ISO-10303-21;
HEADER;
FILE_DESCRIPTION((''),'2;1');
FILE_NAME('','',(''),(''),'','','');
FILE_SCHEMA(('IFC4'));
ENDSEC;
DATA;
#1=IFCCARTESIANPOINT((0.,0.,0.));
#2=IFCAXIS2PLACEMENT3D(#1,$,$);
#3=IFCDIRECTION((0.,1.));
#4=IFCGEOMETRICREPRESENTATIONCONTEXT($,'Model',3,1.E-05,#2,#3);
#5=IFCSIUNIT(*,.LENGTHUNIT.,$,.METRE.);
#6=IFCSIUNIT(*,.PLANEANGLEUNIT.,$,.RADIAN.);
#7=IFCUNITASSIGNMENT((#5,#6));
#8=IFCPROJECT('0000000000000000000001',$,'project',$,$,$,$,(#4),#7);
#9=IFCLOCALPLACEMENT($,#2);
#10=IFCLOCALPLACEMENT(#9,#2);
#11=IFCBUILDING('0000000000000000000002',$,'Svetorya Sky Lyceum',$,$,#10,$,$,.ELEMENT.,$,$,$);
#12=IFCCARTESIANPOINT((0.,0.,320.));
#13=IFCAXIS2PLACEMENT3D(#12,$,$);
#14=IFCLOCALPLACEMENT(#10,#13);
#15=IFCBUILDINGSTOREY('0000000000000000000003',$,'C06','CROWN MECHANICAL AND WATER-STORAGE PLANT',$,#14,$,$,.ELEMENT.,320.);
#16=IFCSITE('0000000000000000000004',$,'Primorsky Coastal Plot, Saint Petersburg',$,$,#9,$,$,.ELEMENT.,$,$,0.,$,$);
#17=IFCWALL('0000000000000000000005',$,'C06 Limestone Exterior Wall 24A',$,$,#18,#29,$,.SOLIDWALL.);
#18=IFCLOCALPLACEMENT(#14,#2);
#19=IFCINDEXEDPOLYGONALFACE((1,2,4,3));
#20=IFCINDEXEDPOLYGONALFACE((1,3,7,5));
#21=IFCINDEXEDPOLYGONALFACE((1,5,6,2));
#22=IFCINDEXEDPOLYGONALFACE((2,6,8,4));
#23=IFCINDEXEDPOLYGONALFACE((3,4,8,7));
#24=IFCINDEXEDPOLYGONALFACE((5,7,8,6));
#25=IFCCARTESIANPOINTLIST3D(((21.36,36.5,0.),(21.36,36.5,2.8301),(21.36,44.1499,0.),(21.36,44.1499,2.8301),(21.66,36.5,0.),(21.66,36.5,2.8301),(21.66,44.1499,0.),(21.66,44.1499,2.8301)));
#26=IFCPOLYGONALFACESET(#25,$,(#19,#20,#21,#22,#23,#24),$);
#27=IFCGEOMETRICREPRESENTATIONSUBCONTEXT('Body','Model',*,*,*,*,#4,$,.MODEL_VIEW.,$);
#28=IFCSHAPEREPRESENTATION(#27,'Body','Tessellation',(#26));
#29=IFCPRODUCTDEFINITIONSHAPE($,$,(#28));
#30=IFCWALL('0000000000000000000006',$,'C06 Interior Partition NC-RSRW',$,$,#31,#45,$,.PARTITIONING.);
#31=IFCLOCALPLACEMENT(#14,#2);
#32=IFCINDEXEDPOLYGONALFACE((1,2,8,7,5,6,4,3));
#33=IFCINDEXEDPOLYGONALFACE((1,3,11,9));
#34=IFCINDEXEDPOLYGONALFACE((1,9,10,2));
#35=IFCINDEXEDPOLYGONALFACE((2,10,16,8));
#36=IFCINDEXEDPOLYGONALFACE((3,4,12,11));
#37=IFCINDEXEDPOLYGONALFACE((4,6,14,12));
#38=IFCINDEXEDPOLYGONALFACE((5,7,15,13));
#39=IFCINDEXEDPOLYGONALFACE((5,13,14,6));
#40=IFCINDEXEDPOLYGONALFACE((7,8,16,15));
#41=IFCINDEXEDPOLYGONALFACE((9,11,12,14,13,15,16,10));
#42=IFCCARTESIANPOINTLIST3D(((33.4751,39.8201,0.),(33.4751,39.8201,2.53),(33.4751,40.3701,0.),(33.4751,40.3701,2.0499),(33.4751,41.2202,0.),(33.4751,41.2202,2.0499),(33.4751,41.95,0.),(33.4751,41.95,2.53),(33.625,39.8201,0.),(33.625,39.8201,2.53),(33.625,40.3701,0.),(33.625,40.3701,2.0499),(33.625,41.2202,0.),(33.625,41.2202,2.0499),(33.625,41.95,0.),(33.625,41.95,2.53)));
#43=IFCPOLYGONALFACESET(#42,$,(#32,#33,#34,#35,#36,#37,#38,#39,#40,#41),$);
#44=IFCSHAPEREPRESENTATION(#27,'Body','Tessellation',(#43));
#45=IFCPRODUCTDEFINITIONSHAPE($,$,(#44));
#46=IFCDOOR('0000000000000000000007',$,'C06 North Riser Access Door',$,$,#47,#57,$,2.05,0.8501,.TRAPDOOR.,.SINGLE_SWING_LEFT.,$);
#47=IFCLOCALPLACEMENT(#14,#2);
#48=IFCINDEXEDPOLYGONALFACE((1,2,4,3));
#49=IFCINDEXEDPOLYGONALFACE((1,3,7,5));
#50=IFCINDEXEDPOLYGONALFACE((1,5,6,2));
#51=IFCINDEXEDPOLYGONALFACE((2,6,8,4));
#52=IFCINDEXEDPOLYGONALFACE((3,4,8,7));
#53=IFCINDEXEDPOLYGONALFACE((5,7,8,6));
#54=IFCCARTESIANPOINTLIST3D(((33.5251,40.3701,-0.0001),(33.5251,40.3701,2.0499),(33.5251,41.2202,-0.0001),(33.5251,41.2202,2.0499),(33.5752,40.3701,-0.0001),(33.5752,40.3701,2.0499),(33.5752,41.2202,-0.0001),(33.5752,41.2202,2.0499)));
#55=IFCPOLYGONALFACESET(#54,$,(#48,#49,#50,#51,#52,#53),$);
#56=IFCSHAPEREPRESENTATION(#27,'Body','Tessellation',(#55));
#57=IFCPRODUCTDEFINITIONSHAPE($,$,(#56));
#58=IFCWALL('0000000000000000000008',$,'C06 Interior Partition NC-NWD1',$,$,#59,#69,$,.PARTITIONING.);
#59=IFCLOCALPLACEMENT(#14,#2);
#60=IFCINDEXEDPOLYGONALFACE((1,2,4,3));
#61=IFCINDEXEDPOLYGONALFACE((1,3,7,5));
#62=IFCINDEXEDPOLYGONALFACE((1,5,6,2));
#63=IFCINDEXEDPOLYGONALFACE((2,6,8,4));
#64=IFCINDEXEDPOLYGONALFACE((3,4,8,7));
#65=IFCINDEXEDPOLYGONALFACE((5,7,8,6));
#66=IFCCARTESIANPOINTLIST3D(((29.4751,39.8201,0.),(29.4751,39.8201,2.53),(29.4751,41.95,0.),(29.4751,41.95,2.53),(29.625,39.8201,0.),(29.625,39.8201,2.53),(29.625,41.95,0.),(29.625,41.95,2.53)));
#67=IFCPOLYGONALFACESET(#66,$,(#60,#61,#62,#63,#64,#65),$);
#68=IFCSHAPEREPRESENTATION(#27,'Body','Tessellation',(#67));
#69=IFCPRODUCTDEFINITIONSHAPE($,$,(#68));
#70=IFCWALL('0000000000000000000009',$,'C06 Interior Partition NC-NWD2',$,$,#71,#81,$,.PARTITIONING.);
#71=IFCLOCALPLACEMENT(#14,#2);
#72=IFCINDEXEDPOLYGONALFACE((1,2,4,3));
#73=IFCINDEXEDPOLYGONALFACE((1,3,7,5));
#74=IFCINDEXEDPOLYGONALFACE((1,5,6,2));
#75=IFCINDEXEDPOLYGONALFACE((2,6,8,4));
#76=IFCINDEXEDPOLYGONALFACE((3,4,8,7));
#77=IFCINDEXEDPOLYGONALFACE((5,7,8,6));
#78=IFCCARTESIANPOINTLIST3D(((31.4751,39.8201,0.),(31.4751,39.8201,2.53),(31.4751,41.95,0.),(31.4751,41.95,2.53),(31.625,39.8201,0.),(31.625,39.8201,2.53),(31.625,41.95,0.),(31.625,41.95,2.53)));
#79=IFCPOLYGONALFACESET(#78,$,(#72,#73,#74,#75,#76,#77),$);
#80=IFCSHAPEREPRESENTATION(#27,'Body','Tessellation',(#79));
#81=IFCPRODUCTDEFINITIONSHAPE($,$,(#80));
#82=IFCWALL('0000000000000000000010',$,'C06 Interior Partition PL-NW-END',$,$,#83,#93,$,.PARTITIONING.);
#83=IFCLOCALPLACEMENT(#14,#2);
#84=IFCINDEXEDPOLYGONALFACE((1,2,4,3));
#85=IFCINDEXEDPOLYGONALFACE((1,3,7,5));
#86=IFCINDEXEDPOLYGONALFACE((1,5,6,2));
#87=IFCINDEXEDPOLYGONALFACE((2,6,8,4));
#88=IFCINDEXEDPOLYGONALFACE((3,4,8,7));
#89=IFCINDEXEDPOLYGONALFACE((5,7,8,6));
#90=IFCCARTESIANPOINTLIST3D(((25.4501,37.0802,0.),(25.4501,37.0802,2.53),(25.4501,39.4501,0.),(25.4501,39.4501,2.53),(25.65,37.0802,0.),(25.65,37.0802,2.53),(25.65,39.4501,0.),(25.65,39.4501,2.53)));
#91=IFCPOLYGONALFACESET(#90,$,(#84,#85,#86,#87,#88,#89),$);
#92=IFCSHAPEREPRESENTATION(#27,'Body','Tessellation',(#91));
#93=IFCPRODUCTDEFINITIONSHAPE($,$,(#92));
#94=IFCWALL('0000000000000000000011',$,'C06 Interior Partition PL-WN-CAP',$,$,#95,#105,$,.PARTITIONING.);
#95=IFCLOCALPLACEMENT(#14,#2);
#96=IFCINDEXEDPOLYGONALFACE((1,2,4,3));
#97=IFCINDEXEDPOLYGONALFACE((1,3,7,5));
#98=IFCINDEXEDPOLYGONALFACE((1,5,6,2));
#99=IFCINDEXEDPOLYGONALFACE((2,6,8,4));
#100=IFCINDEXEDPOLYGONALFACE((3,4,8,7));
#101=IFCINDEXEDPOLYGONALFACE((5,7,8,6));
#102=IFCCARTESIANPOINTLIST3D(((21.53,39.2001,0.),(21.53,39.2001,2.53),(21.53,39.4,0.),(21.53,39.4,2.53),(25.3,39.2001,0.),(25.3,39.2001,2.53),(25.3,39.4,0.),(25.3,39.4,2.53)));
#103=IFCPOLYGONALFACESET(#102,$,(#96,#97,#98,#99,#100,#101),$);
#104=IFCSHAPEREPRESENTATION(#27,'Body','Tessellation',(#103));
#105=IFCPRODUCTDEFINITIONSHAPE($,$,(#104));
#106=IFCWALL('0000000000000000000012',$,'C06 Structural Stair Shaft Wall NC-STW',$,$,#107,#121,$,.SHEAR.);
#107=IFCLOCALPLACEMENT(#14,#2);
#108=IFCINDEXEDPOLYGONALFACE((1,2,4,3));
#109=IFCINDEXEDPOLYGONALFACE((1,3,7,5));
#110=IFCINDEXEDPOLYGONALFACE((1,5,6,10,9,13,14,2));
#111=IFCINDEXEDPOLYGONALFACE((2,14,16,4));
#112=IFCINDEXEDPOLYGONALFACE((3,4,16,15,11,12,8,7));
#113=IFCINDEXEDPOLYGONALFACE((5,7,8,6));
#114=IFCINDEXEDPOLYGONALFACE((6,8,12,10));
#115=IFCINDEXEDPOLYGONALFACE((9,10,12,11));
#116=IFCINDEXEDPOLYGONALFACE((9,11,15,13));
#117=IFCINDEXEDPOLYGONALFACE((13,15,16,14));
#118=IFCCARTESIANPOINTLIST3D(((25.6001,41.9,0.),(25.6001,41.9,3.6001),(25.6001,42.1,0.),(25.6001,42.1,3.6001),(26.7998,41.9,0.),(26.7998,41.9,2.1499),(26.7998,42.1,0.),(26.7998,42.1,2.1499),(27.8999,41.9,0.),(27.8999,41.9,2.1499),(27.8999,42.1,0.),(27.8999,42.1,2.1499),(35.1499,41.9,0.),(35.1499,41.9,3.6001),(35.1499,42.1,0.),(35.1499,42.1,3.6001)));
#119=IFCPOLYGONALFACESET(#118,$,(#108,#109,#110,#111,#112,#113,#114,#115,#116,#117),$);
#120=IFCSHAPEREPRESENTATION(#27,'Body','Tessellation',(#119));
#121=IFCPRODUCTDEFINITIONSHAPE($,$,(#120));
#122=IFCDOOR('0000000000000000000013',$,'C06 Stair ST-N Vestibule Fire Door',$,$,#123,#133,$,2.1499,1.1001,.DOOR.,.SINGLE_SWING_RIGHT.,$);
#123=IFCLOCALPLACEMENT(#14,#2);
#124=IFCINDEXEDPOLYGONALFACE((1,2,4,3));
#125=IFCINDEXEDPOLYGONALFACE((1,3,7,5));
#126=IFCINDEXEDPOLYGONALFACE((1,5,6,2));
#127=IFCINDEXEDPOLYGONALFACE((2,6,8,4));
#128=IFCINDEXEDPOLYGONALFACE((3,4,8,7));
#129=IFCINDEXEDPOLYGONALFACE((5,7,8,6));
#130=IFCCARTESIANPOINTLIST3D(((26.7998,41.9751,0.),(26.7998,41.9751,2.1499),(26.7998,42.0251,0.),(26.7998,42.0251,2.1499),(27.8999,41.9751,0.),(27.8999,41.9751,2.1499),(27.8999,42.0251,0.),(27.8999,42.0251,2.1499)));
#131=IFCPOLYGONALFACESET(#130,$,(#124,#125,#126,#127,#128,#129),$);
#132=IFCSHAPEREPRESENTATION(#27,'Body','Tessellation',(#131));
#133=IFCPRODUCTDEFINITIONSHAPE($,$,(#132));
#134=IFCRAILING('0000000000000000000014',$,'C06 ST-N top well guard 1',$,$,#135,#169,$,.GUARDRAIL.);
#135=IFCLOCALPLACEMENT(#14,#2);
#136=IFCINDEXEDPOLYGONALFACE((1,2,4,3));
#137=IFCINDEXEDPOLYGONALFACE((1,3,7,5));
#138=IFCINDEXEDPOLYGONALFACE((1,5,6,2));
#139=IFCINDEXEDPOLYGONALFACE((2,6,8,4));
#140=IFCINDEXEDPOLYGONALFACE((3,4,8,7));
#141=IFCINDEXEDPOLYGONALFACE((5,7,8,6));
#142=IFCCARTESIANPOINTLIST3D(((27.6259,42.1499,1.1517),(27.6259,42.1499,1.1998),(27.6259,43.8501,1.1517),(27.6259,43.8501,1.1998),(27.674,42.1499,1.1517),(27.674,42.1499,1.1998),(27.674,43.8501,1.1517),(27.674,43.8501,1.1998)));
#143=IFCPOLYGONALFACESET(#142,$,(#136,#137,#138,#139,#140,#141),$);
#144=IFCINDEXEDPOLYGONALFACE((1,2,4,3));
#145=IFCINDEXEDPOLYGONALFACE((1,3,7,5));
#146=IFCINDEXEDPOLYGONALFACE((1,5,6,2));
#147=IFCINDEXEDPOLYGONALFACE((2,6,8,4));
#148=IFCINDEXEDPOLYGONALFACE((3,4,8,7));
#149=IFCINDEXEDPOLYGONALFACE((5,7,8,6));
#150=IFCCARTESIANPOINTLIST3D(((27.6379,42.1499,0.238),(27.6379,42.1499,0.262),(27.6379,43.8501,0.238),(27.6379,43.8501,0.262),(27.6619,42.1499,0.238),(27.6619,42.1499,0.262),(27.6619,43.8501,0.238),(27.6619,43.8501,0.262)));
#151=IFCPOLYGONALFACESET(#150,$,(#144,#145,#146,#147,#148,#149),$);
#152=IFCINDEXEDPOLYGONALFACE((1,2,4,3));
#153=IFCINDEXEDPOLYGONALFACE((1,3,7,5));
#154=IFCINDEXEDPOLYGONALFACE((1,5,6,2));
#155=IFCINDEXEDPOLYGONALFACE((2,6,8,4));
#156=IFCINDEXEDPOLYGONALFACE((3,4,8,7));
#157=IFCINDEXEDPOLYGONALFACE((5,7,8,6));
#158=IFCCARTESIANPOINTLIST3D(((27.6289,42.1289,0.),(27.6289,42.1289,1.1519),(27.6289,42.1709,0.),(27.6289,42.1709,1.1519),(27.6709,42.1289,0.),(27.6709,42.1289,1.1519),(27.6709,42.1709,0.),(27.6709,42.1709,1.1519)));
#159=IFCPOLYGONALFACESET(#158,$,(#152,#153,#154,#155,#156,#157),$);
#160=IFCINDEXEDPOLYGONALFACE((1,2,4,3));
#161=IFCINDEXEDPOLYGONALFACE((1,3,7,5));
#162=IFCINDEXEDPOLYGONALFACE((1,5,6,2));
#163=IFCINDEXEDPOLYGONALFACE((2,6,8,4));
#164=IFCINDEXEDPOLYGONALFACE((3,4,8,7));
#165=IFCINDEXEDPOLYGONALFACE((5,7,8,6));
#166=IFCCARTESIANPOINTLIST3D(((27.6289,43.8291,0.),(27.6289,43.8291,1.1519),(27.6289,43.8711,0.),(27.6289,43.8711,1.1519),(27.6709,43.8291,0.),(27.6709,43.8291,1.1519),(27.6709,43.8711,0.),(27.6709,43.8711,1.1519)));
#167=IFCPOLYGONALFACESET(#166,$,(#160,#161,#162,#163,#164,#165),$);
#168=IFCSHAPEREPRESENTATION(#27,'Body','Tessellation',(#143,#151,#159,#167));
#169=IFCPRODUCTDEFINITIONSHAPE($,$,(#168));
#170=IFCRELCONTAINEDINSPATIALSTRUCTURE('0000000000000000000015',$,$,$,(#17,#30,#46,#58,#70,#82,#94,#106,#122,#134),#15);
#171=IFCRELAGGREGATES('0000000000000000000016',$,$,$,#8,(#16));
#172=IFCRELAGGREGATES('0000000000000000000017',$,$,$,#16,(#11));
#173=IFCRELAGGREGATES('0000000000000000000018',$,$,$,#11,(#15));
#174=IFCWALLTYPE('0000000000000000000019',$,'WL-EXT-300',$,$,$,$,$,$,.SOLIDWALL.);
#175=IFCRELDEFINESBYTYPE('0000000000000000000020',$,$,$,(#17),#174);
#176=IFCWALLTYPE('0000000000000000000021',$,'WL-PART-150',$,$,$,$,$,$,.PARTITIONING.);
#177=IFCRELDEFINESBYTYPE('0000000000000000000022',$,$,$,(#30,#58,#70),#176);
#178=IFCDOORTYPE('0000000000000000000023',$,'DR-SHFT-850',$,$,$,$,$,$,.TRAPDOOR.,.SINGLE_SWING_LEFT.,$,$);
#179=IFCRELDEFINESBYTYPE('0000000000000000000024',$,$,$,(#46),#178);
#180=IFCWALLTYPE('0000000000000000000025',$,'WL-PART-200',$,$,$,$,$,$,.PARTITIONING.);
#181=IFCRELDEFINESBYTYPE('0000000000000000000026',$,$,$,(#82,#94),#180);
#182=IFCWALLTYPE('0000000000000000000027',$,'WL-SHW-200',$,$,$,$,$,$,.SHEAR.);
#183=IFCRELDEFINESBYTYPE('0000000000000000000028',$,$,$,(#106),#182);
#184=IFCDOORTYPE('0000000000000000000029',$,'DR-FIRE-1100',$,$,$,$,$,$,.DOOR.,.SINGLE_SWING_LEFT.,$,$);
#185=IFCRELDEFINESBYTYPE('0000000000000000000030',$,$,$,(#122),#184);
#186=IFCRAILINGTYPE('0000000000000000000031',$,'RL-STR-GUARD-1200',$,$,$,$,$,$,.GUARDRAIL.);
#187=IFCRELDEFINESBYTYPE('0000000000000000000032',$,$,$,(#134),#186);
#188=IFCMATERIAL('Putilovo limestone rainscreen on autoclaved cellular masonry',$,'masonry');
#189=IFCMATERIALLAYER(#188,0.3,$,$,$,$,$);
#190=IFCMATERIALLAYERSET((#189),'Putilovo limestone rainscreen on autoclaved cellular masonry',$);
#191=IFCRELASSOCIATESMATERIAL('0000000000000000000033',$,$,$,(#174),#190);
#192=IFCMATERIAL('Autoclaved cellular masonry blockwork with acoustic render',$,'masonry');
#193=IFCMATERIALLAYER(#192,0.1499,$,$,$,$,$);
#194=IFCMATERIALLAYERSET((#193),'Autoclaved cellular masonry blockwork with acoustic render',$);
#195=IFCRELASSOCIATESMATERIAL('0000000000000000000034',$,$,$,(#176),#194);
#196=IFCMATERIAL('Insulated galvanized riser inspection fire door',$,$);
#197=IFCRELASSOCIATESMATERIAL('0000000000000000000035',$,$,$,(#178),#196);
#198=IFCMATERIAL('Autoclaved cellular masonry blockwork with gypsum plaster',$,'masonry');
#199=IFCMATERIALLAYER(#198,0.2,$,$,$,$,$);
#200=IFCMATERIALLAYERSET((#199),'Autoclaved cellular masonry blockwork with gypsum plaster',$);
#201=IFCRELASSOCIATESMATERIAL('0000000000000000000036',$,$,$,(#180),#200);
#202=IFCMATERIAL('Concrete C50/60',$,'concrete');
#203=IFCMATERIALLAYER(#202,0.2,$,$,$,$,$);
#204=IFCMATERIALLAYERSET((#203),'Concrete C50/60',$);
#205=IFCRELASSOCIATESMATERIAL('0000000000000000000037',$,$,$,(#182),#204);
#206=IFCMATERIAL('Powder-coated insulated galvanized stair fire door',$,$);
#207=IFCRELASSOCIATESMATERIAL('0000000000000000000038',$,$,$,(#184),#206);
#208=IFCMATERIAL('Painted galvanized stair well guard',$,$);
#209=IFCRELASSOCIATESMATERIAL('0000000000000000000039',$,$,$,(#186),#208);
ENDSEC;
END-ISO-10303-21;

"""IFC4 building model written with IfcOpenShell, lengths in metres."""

from ifc_helpers import new_model, si_unit, direction, frame, frame_2d, origin, origin_2d, place, context, subcontext, project, spatial, rectangle, extrude, material, layer, layer_set, type_object, element, fill, save


model = new_model("IFC4")

# Units and contexts
model_context = context("Model", 3, precision=1e-05, world=origin(), true_north=direction((0.0, 1.0)))
body_context = subcontext(model_context, "Body", "Model", "MODEL_VIEW")
ifc_project = project(units=[si_unit("LENGTHUNIT", "METRE"), si_unit("PLANEANGLEUNIT", "RADIAN")], contexts=[model_context])

# Site, building, storey
site_placement = place(None, origin())
site = spatial("IfcSite", under=ifc_project, at=site_placement, Name="Primorsky Coastal Plot, Saint Petersburg", CompositionType="ELEMENT", RefElevation=0.0)
building_placement = place(site_placement, origin())
building = spatial("IfcBuilding", under=site, at=building_placement, Name="Svetorya Sky Lyceum", CompositionType="ELEMENT")
storey_placement = place(building_placement, frame((0.0, 0.0, 320.0)))
storey = spatial("IfcBuildingStorey", under=building, at=storey_placement, Name="C06", Description="CROWN MECHANICAL AND WATER-STORAGE PLANT", CompositionType="ELEMENT", Elevation=320.0)

# Wall
ifc_material_1 = material(Name="Putilovo limestone rainscreen on autoclaved cellular masonry", Category="masonry")
ifc_layer_1 = layer(ifc_material_1, 0.3)
ifc_layer_set_1 = layer_set([ifc_layer_1], Name="Putilovo limestone rainscreen on autoclaved cellular masonry")
wall_type_1 = type_object("IfcWallType", Name="WL-EXT-300", PredefinedType="SOLIDWALL", material=ifc_layer_set_1)
wall_1_placement = place(storey_placement, frame((21.51, 44.1499, 0.0), z_axis=(0.0, 0.0, 1.0), x_axis=(0.0, -1.0, 0.0)))
element("IfcWall", 1, at=wall_1_placement, inside=storey, type_object=wall_type_1, Name="C06 Limestone Exterior Wall 24A", PredefinedType="SOLIDWALL", context=body_context, shape_type="SweptSolid", body=[
    extrude(rectangle(XDim=7.6499, YDim=0.3, at=frame_2d((3.825, 0.0))), origin(), (0.0, 0.0, 1.0), 2.8301),
])

# Wall, opening, door
ifc_material_2 = material(Name="Autoclaved cellular masonry blockwork with acoustic render", Category="masonry")
ifc_layer_2 = layer(ifc_material_2, 0.1499)
ifc_layer_set_2 = layer_set([ifc_layer_2], Name="Autoclaved cellular masonry blockwork with acoustic render")
wall_type_2 = type_object("IfcWallType", Name="WL-PART-150", PredefinedType="PARTITIONING", material=ifc_layer_set_2)
wall_2_placement = place(storey_placement, frame((33.55, 39.8201, 0.0), z_axis=(0.0, 0.0, 1.0), x_axis=(0.0, 1.0, 0.0)))
wall_2 = element("IfcWall", 2, at=wall_2_placement, inside=storey, type_object=wall_type_2, Name="C06 Interior Partition NC-RSRW", PredefinedType="PARTITIONING", context=body_context, shape_type="SweptSolid", body=[
    extrude(rectangle(XDim=2.1299, YDim=0.1499, at=frame_2d((1.0649, 0.0))), origin(), (0.0, 0.0, 1.0), 2.53),
])
opening_1_placement = place(wall_2_placement, frame((0.55, 0.0, 0.0)))
opening_1 = element("IfcOpeningElement", 3, at=opening_1_placement, cuts=wall_2, PredefinedType="OPENING", context=body_context, shape_type="SweptSolid", body=[
    extrude(rectangle(XDim=0.8501, YDim=2.05, at=frame_2d((0.425, 1.0249))), frame((0.0, 0.085, 0.0), z_axis=(0.0, -1.0, 0.0), x_axis=(1.0, 0.0, 0.0)), (0.0, 0.0, 1.0), 0.1699),
])
ifc_material_3 = material(Name="Insulated galvanized riser inspection fire door")
door_type_1 = type_object("IfcDoorType", Name="DR-SHFT-850", OperationType="SINGLE_SWING_LEFT", PredefinedType="TRAPDOOR", material=ifc_material_3)
door_1_placement = place(opening_1_placement, origin())
door_1 = element("IfcDoor", 4, at=door_1_placement, inside=storey, type_object=door_type_1, Name="C06 North Riser Access Door", OperationType="SINGLE_SWING_LEFT", OverallHeight=2.05, OverallWidth=0.8501, PredefinedType="TRAPDOOR", context=body_context, shape_type="SweptSolid", body=[
    extrude(rectangle(XDim=0.8501, YDim=2.05, at=frame_2d((0.425, 1.0249))), frame((0.0, 0.0249, 0.0), z_axis=(0.0, -1.0, 0.0), x_axis=(1.0, 0.0, 0.0)), (0.0, 0.0, 1.0), 0.05),
])
fill(opening_1, door_1)

# Walls
for number, where, z_axis, x_axis, name in (
    (5, (29.55, 39.8201, 0.0), (0.0, 0.0, 1.0), (0.0, 1.0, 0.0), "C06 Interior Partition NC-NWD1"),
    (6, (31.55, 39.8201, 0.0), (0.0, 0.0, 1.0), (0.0, 1.0, 0.0), "C06 Interior Partition NC-NWD2"),
):
    element("IfcWall", number, at=place(storey_placement, frame(where, z_axis=z_axis, x_axis=x_axis)), inside=storey, type_object=wall_type_2, Name=name, PredefinedType="PARTITIONING", context=body_context, shape_type="SweptSolid", body=[
        extrude(rectangle(XDim=2.1299, YDim=0.1499, at=frame_2d((1.0649, 0.0))), origin(), (0.0, 0.0, 1.0), 2.53),
    ])
ifc_material_4 = material(Name="Autoclaved cellular masonry blockwork with gypsum plaster", Category="masonry")
ifc_layer_3 = layer(ifc_material_4, 0.2)
ifc_layer_set_3 = layer_set([ifc_layer_3], Name="Autoclaved cellular masonry blockwork with gypsum plaster")
wall_type_3 = type_object("IfcWallType", Name="WL-PART-200", PredefinedType="PARTITIONING", material=ifc_layer_set_3)
wall_3_placement = place(storey_placement, frame((25.55, 37.0801, 0.0), z_axis=(0.0, 0.0, 1.0), x_axis=(0.0, 1.0, 0.0)))
element("IfcWall", 7, at=wall_3_placement, inside=storey, type_object=wall_type_3, Name="C06 Interior Partition PL-NW-END", PredefinedType="PARTITIONING", context=body_context, shape_type="SweptSolid", body=[
    extrude(rectangle(XDim=2.3699, YDim=0.2, at=frame_2d((1.1851, 0.0))), origin(), (0.0, 0.0, 1.0), 2.53),
])
wall_4_placement = place(storey_placement, frame((21.53, 39.3, 0.0), z_axis=(0.0, 0.0, 1.0), x_axis=(1.0, 0.0, 0.0)))
element("IfcWall", 8, at=wall_4_placement, inside=storey, type_object=wall_type_3, Name="C06 Interior Partition PL-WN-CAP", PredefinedType="PARTITIONING", context=body_context, shape_type="SweptSolid", body=[
    extrude(rectangle(XDim=3.77, YDim=0.2, at=frame_2d((1.885, 0.0))), origin(), (0.0, 0.0, 1.0), 2.53),
])

# Wall, opening, door
ifc_material_5 = material(Name="Concrete C50/60", Category="concrete")
ifc_layer_4 = layer(ifc_material_5, 0.2)
ifc_layer_set_4 = layer_set([ifc_layer_4], Name="Concrete C50/60")
wall_type_4 = type_object("IfcWallType", Name="WL-SHW-200", PredefinedType="SHEAR", material=ifc_layer_set_4)
wall_5_placement = place(storey_placement, frame((35.1499, 42.0, 0.0), z_axis=(0.0, 0.0, 1.0), x_axis=(-1.0, 0.0, 0.0)))
wall_5 = element("IfcWall", 9, at=wall_5_placement, inside=storey, type_object=wall_type_4, Name="C06 Structural Stair Shaft Wall NC-STW", PredefinedType="SHEAR", context=body_context, shape_type="SweptSolid", body=[
    extrude(rectangle(XDim=9.5498, YDim=0.2, at=frame_2d((4.7749, 0.0))), origin(), (0.0, 0.0, 1.0), 3.6001),
])
opening_2_placement = place(wall_5_placement, frame((7.25, 0.0, 0.0)))
opening_2 = element("IfcOpeningElement", 10, at=opening_2_placement, cuts=wall_5, PredefinedType="OPENING", context=body_context, shape_type="SweptSolid", body=[
    extrude(rectangle(XDim=1.1001, YDim=2.1499, at=frame_2d((0.55, 1.075))), frame((0.0, 0.1099, 0.0), z_axis=(0.0, -1.0, 0.0), x_axis=(1.0, 0.0, 0.0)), (0.0, 0.0, 1.0), 0.22),
])
ifc_material_6 = material(Name="Powder-coated insulated galvanized stair fire door")
door_type_2 = type_object("IfcDoorType", Name="DR-FIRE-1100", OperationType="SINGLE_SWING_LEFT", PredefinedType="DOOR", material=ifc_material_6)
door_2_placement = place(opening_2_placement, origin())
door_2 = element("IfcDoor", 11, at=door_2_placement, inside=storey, type_object=door_type_2, Name="C06 Stair ST-N Vestibule Fire Door", OperationType="SINGLE_SWING_RIGHT", OverallHeight=2.1499, OverallWidth=1.1001, PredefinedType="DOOR", context=body_context, shape_type="SweptSolid", body=[
    extrude(rectangle(XDim=1.1001, YDim=2.1499, at=frame_2d((0.55, 1.075))), frame((0.0, 0.0249, 0.0), z_axis=(0.0, -1.0, 0.0), x_axis=(1.0, 0.0, 0.0)), (0.0, 0.0, 1.0), 0.05),
])
fill(opening_2, door_2)

# Railing
ifc_material_7 = material(Name="Painted galvanized stair well guard")
railing_type = type_object("IfcRailingType", Name="RL-STR-GUARD-1200", PredefinedType="GUARDRAIL", material=ifc_material_7)
railing_placement = place(storey_placement, frame((27.6499, 42.1499, 0.0)))
element("IfcRailing", 12, at=railing_placement, inside=storey, type_object=railing_type, Name="C06 ST-N top well guard 1", PredefinedType="GUARDRAIL", context=body_context, shape_type="SweptSolid", body=[
    extrude(rectangle(XDim=0.0481, YDim=0.0481, at=origin_2d()), frame((0.0, 0.0, 1.1758), z_axis=(0.0, 1.0, 0.0), x_axis=(-1.0, 0.0, 0.0)), (0.0, 0.0, 1.0), 1.7002),
    extrude(rectangle(XDim=0.0239, YDim=0.0239, at=origin_2d()), frame((0.0, 0.0, 0.25), z_axis=(0.0, 1.0, 0.0), x_axis=(-1.0, 0.0, 0.0)), (0.0, 0.0, 1.0), 1.7002),
    extrude(rectangle(XDim=0.042, YDim=0.042, at=origin_2d()), origin(), (0.0, 0.0, 1.0), 1.1519),
    extrude(rectangle(XDim=0.042, YDim=0.042, at=origin_2d()), frame((0.0, 1.7002, 0.0)), (0.0, 0.0, 1.0), 1.1519),
])

save(model, "model.ifc")
